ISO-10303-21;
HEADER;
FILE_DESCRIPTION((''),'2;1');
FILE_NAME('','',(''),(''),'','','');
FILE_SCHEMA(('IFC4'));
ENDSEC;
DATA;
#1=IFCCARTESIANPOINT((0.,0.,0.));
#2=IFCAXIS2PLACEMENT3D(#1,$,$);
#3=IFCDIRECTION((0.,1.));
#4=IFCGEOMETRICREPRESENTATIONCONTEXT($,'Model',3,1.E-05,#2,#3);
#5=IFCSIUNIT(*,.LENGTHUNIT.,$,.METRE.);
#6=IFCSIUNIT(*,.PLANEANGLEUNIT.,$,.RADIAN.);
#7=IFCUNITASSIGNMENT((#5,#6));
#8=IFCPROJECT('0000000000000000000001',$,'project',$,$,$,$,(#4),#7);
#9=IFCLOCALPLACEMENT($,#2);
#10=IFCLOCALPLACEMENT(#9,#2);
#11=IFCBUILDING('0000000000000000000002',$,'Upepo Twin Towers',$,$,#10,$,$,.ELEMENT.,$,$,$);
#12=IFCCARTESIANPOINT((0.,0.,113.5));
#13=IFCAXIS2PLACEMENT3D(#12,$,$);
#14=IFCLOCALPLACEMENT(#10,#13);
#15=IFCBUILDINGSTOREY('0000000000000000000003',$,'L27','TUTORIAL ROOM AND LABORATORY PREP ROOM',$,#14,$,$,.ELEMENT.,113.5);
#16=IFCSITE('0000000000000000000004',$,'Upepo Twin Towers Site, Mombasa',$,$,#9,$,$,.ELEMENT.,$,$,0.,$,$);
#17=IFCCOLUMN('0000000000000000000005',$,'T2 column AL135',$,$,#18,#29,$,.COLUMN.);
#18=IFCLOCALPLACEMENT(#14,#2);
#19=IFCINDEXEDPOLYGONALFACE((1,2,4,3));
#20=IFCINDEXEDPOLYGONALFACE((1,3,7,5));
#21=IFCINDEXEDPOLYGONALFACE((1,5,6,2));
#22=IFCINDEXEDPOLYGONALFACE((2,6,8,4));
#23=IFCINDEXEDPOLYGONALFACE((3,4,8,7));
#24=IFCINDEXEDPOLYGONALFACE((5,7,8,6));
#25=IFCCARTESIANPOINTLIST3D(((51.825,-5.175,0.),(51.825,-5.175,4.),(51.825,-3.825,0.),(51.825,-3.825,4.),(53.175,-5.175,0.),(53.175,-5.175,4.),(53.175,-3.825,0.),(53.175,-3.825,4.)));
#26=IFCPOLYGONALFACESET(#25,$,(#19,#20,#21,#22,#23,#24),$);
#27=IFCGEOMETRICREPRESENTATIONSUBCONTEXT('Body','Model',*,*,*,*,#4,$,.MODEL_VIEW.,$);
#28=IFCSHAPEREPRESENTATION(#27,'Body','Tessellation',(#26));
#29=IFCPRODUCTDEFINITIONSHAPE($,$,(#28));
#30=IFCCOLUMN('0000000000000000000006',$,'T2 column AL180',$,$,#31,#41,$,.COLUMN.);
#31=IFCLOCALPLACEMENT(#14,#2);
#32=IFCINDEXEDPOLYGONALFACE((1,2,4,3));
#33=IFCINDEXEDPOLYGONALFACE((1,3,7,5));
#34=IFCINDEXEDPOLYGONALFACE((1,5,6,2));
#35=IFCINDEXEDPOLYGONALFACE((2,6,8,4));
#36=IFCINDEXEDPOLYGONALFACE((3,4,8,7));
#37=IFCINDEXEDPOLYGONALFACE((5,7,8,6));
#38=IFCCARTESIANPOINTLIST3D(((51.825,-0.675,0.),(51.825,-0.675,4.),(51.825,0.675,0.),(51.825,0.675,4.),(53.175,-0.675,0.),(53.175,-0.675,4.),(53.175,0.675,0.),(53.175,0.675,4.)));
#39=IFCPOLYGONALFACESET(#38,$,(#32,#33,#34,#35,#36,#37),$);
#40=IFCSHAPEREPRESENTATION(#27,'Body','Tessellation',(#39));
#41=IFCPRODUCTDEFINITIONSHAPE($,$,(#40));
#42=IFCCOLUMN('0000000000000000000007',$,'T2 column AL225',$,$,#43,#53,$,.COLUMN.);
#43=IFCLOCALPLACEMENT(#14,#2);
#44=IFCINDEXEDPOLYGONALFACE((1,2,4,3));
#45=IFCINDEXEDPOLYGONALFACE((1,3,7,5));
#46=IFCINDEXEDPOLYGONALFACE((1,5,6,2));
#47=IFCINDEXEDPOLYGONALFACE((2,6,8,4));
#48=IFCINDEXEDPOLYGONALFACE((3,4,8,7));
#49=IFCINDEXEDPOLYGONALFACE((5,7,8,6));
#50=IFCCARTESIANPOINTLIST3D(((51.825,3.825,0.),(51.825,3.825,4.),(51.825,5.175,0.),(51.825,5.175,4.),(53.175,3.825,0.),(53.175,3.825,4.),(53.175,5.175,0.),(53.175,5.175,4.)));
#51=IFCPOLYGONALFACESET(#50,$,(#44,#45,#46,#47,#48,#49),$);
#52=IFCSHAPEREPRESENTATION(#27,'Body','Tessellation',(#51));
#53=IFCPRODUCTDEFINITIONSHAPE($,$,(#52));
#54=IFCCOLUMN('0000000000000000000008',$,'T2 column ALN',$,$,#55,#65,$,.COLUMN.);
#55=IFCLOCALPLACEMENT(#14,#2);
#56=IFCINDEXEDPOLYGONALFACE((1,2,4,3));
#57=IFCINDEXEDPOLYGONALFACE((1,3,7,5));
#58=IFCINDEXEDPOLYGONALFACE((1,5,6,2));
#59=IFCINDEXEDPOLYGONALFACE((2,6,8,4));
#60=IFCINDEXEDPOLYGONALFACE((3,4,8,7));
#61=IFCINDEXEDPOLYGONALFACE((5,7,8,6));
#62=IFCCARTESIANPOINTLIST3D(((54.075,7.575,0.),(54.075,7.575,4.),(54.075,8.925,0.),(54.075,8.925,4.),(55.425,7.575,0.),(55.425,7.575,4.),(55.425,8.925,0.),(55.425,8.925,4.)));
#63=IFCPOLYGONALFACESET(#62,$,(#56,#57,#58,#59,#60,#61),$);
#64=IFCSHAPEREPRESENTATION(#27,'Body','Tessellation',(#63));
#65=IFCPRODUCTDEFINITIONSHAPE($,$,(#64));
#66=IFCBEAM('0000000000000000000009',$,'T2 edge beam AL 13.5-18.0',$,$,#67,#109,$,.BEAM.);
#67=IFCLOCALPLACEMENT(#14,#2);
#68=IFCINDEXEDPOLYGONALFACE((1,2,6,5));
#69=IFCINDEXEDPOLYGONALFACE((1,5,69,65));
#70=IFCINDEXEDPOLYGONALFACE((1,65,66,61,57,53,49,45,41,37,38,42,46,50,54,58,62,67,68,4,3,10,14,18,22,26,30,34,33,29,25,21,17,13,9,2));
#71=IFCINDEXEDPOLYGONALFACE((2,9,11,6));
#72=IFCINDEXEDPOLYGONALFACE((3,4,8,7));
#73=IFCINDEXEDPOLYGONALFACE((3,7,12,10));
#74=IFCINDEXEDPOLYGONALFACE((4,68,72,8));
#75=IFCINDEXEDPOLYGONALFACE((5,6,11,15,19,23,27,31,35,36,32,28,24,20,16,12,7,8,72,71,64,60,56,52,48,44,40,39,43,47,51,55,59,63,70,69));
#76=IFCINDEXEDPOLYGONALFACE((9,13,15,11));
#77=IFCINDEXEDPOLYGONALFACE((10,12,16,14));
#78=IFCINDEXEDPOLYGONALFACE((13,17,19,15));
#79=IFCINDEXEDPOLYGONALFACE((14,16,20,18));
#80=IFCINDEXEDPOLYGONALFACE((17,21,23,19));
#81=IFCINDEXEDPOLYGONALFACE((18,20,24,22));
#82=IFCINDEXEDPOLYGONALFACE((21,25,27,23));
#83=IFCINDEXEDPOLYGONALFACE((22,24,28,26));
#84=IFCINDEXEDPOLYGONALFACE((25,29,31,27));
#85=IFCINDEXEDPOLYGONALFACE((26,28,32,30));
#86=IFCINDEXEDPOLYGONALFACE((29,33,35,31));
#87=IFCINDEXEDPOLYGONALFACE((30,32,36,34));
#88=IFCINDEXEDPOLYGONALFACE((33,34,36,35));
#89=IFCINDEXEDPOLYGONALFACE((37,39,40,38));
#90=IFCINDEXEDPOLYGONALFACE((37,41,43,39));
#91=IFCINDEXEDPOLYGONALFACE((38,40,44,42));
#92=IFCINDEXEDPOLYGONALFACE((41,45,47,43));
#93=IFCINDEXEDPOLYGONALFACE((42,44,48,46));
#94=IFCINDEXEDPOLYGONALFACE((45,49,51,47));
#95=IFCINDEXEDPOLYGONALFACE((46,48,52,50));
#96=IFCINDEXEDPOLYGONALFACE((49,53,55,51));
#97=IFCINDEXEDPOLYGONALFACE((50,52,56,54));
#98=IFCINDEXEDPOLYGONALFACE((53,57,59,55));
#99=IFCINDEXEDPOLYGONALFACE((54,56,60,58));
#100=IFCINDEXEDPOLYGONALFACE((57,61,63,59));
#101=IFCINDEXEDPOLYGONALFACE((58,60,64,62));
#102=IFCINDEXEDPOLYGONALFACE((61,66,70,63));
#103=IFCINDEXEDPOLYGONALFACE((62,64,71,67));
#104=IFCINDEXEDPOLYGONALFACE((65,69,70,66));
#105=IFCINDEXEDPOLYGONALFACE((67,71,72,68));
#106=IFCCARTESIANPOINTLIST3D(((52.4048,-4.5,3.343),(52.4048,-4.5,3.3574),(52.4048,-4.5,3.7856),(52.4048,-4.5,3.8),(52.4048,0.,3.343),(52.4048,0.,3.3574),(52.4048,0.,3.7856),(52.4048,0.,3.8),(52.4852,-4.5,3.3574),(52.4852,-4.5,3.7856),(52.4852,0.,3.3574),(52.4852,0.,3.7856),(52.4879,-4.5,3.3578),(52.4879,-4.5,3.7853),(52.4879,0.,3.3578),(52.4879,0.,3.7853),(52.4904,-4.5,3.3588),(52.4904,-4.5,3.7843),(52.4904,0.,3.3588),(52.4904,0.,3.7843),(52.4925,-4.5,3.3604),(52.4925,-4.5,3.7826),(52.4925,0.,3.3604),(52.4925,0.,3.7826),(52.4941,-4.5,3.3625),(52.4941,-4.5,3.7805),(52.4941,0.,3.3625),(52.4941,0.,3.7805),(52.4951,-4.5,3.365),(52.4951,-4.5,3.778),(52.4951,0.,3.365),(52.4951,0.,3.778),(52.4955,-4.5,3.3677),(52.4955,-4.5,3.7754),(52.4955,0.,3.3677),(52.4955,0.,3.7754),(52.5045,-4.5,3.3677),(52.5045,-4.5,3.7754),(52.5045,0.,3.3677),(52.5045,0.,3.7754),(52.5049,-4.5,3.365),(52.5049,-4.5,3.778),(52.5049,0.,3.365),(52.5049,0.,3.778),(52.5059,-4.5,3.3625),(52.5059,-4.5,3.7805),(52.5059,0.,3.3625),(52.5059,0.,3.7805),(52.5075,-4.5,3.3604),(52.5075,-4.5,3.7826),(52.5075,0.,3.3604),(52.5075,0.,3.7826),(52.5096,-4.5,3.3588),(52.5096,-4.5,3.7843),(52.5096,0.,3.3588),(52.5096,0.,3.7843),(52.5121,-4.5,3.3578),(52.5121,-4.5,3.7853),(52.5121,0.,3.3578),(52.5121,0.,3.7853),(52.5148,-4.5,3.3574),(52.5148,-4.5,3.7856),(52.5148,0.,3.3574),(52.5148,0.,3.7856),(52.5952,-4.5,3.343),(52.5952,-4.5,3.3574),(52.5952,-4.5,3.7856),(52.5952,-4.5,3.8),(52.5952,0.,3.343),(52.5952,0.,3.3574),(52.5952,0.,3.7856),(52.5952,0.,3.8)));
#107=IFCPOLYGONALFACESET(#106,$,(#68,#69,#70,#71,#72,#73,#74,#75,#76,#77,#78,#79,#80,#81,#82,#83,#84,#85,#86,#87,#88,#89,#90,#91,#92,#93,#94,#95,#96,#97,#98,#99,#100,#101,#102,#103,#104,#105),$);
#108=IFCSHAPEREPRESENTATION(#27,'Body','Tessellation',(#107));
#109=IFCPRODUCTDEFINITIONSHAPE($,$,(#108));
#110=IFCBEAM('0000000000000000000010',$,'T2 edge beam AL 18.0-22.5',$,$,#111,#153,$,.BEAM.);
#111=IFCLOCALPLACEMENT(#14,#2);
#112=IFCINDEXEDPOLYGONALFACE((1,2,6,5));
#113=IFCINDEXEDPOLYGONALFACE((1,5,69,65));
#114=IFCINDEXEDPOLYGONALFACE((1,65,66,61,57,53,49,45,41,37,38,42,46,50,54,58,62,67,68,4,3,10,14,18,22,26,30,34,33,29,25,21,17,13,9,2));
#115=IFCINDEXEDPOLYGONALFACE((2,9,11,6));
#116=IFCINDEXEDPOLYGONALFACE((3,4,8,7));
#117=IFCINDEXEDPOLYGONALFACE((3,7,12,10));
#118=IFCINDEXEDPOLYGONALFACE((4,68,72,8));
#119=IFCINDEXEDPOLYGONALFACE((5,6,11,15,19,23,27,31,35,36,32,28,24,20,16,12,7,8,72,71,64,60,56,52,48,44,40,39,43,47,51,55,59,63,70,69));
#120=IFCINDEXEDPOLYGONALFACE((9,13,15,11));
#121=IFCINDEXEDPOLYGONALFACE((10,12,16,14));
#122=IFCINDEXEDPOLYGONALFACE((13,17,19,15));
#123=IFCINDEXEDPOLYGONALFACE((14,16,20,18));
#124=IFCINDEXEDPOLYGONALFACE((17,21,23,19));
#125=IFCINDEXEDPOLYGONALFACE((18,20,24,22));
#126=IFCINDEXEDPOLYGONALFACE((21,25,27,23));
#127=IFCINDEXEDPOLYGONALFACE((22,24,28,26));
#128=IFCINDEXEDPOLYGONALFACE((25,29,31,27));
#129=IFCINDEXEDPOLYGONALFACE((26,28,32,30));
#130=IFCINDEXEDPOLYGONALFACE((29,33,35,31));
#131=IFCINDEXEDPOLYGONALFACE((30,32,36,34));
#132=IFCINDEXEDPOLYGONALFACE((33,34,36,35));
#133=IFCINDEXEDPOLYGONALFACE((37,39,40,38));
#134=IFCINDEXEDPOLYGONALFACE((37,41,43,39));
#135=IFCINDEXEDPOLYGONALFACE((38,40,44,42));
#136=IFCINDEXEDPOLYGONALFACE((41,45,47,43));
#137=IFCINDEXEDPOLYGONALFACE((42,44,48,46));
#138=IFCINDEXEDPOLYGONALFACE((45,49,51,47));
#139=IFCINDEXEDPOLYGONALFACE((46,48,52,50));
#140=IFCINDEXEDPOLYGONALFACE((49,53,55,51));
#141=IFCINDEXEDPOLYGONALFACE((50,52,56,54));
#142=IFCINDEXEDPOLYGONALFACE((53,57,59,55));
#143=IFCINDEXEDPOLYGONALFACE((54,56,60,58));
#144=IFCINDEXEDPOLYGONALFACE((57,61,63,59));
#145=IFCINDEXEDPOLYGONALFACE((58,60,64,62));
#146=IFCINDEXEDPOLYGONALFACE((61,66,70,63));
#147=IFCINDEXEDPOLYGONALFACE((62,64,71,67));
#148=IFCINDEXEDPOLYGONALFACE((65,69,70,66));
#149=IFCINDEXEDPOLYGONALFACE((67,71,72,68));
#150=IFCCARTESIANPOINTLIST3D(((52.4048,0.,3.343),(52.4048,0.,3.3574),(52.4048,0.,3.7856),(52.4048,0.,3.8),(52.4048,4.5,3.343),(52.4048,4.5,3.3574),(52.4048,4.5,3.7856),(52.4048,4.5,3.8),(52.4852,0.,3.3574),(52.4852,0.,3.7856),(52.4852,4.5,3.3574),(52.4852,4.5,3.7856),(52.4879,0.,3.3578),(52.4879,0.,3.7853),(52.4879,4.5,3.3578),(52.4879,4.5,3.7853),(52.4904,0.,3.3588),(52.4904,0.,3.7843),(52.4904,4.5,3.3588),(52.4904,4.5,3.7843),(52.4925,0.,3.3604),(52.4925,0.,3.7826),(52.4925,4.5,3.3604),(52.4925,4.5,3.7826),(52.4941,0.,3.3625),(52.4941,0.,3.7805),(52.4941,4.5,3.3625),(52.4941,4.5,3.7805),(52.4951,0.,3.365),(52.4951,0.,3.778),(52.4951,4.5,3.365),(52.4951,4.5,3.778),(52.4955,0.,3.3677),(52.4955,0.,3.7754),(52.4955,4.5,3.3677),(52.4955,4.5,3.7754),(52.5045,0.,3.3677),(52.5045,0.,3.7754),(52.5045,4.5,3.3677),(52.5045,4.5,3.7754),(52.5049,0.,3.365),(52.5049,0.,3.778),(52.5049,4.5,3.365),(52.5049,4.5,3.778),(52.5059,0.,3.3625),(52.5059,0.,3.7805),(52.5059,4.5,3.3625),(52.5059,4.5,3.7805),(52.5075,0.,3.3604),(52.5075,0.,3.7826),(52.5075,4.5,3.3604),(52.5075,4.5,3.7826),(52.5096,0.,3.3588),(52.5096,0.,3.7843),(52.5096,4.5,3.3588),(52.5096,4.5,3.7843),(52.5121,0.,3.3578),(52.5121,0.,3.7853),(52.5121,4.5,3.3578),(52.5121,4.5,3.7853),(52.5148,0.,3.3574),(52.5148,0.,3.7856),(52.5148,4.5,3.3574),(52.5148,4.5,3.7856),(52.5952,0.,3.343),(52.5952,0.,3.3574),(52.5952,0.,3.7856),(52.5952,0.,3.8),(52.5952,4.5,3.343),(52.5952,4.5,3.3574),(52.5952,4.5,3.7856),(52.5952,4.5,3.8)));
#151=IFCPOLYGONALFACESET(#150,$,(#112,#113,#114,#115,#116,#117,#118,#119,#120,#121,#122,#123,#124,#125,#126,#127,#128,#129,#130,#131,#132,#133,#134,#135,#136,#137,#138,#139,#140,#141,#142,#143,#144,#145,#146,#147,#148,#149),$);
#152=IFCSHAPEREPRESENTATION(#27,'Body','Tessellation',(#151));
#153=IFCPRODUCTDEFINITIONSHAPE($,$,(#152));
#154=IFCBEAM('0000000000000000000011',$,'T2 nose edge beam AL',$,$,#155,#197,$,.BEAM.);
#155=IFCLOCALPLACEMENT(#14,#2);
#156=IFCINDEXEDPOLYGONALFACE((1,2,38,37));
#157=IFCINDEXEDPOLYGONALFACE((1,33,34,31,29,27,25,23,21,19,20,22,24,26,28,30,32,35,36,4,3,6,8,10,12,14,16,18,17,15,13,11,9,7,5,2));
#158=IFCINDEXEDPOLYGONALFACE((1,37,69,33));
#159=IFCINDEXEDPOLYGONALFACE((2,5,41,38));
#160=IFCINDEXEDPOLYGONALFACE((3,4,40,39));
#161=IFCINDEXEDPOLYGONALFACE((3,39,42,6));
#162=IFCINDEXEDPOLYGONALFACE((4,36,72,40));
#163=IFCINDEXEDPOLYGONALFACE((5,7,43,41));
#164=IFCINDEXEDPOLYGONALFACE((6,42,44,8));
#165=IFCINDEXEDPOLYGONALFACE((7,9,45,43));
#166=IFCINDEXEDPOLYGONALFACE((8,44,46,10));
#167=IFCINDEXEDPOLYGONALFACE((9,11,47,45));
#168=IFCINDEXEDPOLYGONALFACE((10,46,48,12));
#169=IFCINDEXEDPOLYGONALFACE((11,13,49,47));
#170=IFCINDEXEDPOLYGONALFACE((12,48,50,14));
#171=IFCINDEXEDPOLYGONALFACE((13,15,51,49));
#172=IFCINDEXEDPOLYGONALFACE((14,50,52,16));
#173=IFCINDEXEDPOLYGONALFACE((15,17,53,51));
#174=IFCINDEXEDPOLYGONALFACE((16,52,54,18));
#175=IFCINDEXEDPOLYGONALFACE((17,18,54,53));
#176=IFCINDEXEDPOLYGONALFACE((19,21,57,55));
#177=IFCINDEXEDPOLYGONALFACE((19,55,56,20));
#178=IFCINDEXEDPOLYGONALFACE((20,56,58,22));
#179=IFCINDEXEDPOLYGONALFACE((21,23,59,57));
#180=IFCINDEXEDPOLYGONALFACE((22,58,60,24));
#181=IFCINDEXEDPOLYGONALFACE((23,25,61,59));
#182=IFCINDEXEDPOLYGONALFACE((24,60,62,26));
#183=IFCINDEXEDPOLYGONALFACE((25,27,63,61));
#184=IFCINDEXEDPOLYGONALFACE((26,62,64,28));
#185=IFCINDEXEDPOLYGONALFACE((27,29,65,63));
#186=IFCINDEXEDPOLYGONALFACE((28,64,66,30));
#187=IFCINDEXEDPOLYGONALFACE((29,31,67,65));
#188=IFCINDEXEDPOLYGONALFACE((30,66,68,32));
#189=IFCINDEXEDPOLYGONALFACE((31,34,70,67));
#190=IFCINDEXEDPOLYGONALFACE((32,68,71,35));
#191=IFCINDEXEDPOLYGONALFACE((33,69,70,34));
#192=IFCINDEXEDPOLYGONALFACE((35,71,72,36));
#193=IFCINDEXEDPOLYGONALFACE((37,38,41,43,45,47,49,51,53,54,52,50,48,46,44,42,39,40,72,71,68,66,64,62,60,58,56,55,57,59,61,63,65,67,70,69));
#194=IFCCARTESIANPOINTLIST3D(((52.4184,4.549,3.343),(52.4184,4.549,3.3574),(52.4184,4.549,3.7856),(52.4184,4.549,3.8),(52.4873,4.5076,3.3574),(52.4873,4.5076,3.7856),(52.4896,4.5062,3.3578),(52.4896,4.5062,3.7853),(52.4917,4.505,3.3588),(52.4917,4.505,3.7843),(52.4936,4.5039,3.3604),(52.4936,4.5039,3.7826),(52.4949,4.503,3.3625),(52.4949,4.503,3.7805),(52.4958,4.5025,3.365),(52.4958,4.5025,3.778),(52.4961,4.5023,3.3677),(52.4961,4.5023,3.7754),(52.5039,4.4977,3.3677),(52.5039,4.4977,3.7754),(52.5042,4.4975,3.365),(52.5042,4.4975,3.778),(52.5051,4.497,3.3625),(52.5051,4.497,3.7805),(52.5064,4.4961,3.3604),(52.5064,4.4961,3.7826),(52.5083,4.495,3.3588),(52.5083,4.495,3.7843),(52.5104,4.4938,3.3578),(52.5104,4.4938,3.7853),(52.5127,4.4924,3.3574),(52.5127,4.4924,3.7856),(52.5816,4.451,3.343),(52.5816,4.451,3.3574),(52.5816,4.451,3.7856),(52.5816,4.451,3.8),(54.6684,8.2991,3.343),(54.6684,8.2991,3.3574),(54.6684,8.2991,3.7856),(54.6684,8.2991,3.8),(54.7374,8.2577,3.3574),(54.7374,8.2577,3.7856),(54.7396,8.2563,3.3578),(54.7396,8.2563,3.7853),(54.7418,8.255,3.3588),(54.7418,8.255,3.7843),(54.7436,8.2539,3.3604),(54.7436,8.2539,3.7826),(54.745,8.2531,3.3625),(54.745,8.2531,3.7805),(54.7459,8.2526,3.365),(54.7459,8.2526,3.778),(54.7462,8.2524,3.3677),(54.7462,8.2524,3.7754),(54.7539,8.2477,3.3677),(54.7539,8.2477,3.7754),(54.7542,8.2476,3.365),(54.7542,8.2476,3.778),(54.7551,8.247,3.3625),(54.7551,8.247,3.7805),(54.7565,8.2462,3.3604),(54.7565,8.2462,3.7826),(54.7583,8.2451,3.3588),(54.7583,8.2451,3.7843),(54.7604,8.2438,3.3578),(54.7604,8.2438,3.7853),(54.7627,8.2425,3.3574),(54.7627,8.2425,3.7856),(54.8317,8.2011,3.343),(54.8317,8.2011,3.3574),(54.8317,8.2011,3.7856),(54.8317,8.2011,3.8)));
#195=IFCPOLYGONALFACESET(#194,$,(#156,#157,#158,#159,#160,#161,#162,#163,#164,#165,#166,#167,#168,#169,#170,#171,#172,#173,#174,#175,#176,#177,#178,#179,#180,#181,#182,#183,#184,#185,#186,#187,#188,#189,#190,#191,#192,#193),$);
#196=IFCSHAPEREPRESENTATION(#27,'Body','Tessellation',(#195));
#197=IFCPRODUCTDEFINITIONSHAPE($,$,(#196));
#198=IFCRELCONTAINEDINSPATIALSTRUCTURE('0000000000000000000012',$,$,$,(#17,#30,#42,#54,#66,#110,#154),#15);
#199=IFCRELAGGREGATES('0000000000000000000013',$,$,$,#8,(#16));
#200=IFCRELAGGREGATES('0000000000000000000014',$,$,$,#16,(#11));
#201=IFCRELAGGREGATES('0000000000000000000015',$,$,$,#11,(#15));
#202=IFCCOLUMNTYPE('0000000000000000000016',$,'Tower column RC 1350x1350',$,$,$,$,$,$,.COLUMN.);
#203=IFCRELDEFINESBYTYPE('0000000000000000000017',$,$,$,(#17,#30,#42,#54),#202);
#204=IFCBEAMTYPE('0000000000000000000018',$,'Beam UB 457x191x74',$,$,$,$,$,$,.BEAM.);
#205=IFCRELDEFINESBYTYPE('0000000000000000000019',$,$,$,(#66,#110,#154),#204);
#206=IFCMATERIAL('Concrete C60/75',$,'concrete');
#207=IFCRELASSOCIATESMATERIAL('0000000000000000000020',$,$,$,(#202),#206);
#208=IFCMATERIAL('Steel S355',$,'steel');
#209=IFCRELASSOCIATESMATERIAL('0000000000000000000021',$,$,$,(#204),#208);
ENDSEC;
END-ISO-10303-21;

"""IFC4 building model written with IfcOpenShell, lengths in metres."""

from ifc_helpers import new_model, si_unit, direction, frame, origin, origin_2d, place, context, subcontext, project, spatial, rectangle, i_section, extrude, material, material_profile, profile_set, type_object, element, save


model = new_model("IFC4")

# Units and contexts
model_context = context("Model", 3, precision=1e-05, world=origin(), true_north=direction((0.0, 1.0)))
body_context = subcontext(model_context, "Body", "Model", "MODEL_VIEW")
ifc_project = project(units=[si_unit("LENGTHUNIT", "METRE"), si_unit("PLANEANGLEUNIT", "RADIAN")], contexts=[model_context])

# Site, building, storey
site_placement = place(None, origin())
site = spatial("IfcSite", under=ifc_project, at=site_placement, Name="Upepo Twin Towers Site, Mombasa", CompositionType="ELEMENT", RefElevation=0.0)
building_placement = place(site_placement, origin())
building = spatial("IfcBuilding", under=site, at=building_placement, Name="Upepo Twin Towers", CompositionType="ELEMENT")
storey_placement = place(building_placement, frame((0.0, 0.0, 113.5)))
storey = spatial("IfcBuildingStorey", under=building, at=storey_placement, Name="L27", Description="TUTORIAL ROOM AND LABORATORY PREP ROOM", CompositionType="ELEMENT", Elevation=113.5)

# Columns
ifc_material_1 = material(Name="Concrete C60/75", Category="concrete")
ifc_material_profile_1 = material_profile(ifc_material_1, rectangle(XDim=1.3501, YDim=1.3501, at=origin_2d()), Name="RC 1350x1350")
ifc_profile_set_1 = profile_set([ifc_material_profile_1], Name="Concrete C60/75")
column_type = type_object("IfcColumnType", Name="Tower column RC 1350x1350", PredefinedType="COLUMN", material=ifc_profile_set_1)
for number, where, z_axis, x_axis, name in (
    (1, (52.5, -4.5, 0.0), (0.0, 0.0, 1.0), (1.0, 0.0, 0.0), "T2 column AL135"),
    (2, (52.5, 0.0, 0.0), (0.0, 0.0, 1.0), (1.0, 0.0, 0.0), "T2 column AL180"),
    (3, (52.5, 4.5, 0.0), (0.0, 0.0, 1.0), (1.0, 0.0, 0.0), "T2 column AL225"),
    (4, (54.75, 8.25, 0.0), (0.0, 0.0, 1.0), (1.0, 0.0, 0.0), "T2 column ALN"),
):
    element("IfcColumn", number, at=place(storey_placement, frame(where, z_axis=z_axis, x_axis=x_axis)), inside=storey, type_object=column_type, Name=name, PredefinedType="COLUMN", context=body_context, shape_type="SweptSolid", body=[
        extrude(rectangle(XDim=1.3501, YDim=1.3501, at=origin_2d()), origin(), (0.0, 0.0, 1.0), 4.0),
    ])

# Beams
ifc_material_2 = material(Name="Steel S355", Category="steel")
ifc_material_profile_2 = material_profile(ifc_material_2, i_section(OverallWidth=0.1904, OverallDepth=0.457, WebThickness=0.009, FlangeThickness=0.0144, FilletRadius=0.0103, at=origin_2d()), Name="UB 457x191x74")
ifc_profile_set_2 = profile_set([ifc_material_profile_2], Name="Steel S355")
beam_type_1 = type_object("IfcBeamType", Name="Beam UB 457x191x74", PredefinedType="BEAM", material=ifc_profile_set_2)
for number, where, z_axis, x_axis, name in (
    (5, (52.5, -4.5, 3.5715), (0.0, 1.0, 0.0), (-1.0, 0.0, 0.0), "T2 edge beam AL 13.5-18.0"),
    (6, (52.5, 0.0, 3.5715), (0.0, 1.0, 0.0), (-1.0, 0.0, 0.0), "T2 edge beam AL 18.0-22.5"),
):
    element("IfcBeam", number, at=place(storey_placement, frame(where, z_axis=z_axis, x_axis=x_axis)), inside=storey, type_object=beam_type_1, Name=name, PredefinedType="BEAM", context=body_context, shape_type="SweptSolid", body=[
        extrude(i_section(OverallWidth=0.1904, OverallDepth=0.457, WebThickness=0.009, FlangeThickness=0.0144, FilletRadius=0.0103, at=origin_2d()), origin(), (0.0, 0.0, 1.0), 4.5),
    ])
beam_1_placement = place(storey_placement, frame((52.5, 4.5, 3.5715), z_axis=(0.514496, 0.857493, 0.0), x_axis=(-0.857493, 0.514496, 0.0)))
element("IfcBeam", 7, at=beam_1_placement, inside=storey, type_object=beam_type_1, Name="T2 nose edge beam AL", PredefinedType="BEAM", context=body_context, shape_type="SweptSolid", body=[
    extrude(i_section(OverallWidth=0.1904, OverallDepth=0.457, WebThickness=0.009, FlangeThickness=0.0144, FilletRadius=0.0103, at=origin_2d()), origin(), (0.0, 0.0, 1.0), 4.3733),
])

save(model, "model.ifc")
